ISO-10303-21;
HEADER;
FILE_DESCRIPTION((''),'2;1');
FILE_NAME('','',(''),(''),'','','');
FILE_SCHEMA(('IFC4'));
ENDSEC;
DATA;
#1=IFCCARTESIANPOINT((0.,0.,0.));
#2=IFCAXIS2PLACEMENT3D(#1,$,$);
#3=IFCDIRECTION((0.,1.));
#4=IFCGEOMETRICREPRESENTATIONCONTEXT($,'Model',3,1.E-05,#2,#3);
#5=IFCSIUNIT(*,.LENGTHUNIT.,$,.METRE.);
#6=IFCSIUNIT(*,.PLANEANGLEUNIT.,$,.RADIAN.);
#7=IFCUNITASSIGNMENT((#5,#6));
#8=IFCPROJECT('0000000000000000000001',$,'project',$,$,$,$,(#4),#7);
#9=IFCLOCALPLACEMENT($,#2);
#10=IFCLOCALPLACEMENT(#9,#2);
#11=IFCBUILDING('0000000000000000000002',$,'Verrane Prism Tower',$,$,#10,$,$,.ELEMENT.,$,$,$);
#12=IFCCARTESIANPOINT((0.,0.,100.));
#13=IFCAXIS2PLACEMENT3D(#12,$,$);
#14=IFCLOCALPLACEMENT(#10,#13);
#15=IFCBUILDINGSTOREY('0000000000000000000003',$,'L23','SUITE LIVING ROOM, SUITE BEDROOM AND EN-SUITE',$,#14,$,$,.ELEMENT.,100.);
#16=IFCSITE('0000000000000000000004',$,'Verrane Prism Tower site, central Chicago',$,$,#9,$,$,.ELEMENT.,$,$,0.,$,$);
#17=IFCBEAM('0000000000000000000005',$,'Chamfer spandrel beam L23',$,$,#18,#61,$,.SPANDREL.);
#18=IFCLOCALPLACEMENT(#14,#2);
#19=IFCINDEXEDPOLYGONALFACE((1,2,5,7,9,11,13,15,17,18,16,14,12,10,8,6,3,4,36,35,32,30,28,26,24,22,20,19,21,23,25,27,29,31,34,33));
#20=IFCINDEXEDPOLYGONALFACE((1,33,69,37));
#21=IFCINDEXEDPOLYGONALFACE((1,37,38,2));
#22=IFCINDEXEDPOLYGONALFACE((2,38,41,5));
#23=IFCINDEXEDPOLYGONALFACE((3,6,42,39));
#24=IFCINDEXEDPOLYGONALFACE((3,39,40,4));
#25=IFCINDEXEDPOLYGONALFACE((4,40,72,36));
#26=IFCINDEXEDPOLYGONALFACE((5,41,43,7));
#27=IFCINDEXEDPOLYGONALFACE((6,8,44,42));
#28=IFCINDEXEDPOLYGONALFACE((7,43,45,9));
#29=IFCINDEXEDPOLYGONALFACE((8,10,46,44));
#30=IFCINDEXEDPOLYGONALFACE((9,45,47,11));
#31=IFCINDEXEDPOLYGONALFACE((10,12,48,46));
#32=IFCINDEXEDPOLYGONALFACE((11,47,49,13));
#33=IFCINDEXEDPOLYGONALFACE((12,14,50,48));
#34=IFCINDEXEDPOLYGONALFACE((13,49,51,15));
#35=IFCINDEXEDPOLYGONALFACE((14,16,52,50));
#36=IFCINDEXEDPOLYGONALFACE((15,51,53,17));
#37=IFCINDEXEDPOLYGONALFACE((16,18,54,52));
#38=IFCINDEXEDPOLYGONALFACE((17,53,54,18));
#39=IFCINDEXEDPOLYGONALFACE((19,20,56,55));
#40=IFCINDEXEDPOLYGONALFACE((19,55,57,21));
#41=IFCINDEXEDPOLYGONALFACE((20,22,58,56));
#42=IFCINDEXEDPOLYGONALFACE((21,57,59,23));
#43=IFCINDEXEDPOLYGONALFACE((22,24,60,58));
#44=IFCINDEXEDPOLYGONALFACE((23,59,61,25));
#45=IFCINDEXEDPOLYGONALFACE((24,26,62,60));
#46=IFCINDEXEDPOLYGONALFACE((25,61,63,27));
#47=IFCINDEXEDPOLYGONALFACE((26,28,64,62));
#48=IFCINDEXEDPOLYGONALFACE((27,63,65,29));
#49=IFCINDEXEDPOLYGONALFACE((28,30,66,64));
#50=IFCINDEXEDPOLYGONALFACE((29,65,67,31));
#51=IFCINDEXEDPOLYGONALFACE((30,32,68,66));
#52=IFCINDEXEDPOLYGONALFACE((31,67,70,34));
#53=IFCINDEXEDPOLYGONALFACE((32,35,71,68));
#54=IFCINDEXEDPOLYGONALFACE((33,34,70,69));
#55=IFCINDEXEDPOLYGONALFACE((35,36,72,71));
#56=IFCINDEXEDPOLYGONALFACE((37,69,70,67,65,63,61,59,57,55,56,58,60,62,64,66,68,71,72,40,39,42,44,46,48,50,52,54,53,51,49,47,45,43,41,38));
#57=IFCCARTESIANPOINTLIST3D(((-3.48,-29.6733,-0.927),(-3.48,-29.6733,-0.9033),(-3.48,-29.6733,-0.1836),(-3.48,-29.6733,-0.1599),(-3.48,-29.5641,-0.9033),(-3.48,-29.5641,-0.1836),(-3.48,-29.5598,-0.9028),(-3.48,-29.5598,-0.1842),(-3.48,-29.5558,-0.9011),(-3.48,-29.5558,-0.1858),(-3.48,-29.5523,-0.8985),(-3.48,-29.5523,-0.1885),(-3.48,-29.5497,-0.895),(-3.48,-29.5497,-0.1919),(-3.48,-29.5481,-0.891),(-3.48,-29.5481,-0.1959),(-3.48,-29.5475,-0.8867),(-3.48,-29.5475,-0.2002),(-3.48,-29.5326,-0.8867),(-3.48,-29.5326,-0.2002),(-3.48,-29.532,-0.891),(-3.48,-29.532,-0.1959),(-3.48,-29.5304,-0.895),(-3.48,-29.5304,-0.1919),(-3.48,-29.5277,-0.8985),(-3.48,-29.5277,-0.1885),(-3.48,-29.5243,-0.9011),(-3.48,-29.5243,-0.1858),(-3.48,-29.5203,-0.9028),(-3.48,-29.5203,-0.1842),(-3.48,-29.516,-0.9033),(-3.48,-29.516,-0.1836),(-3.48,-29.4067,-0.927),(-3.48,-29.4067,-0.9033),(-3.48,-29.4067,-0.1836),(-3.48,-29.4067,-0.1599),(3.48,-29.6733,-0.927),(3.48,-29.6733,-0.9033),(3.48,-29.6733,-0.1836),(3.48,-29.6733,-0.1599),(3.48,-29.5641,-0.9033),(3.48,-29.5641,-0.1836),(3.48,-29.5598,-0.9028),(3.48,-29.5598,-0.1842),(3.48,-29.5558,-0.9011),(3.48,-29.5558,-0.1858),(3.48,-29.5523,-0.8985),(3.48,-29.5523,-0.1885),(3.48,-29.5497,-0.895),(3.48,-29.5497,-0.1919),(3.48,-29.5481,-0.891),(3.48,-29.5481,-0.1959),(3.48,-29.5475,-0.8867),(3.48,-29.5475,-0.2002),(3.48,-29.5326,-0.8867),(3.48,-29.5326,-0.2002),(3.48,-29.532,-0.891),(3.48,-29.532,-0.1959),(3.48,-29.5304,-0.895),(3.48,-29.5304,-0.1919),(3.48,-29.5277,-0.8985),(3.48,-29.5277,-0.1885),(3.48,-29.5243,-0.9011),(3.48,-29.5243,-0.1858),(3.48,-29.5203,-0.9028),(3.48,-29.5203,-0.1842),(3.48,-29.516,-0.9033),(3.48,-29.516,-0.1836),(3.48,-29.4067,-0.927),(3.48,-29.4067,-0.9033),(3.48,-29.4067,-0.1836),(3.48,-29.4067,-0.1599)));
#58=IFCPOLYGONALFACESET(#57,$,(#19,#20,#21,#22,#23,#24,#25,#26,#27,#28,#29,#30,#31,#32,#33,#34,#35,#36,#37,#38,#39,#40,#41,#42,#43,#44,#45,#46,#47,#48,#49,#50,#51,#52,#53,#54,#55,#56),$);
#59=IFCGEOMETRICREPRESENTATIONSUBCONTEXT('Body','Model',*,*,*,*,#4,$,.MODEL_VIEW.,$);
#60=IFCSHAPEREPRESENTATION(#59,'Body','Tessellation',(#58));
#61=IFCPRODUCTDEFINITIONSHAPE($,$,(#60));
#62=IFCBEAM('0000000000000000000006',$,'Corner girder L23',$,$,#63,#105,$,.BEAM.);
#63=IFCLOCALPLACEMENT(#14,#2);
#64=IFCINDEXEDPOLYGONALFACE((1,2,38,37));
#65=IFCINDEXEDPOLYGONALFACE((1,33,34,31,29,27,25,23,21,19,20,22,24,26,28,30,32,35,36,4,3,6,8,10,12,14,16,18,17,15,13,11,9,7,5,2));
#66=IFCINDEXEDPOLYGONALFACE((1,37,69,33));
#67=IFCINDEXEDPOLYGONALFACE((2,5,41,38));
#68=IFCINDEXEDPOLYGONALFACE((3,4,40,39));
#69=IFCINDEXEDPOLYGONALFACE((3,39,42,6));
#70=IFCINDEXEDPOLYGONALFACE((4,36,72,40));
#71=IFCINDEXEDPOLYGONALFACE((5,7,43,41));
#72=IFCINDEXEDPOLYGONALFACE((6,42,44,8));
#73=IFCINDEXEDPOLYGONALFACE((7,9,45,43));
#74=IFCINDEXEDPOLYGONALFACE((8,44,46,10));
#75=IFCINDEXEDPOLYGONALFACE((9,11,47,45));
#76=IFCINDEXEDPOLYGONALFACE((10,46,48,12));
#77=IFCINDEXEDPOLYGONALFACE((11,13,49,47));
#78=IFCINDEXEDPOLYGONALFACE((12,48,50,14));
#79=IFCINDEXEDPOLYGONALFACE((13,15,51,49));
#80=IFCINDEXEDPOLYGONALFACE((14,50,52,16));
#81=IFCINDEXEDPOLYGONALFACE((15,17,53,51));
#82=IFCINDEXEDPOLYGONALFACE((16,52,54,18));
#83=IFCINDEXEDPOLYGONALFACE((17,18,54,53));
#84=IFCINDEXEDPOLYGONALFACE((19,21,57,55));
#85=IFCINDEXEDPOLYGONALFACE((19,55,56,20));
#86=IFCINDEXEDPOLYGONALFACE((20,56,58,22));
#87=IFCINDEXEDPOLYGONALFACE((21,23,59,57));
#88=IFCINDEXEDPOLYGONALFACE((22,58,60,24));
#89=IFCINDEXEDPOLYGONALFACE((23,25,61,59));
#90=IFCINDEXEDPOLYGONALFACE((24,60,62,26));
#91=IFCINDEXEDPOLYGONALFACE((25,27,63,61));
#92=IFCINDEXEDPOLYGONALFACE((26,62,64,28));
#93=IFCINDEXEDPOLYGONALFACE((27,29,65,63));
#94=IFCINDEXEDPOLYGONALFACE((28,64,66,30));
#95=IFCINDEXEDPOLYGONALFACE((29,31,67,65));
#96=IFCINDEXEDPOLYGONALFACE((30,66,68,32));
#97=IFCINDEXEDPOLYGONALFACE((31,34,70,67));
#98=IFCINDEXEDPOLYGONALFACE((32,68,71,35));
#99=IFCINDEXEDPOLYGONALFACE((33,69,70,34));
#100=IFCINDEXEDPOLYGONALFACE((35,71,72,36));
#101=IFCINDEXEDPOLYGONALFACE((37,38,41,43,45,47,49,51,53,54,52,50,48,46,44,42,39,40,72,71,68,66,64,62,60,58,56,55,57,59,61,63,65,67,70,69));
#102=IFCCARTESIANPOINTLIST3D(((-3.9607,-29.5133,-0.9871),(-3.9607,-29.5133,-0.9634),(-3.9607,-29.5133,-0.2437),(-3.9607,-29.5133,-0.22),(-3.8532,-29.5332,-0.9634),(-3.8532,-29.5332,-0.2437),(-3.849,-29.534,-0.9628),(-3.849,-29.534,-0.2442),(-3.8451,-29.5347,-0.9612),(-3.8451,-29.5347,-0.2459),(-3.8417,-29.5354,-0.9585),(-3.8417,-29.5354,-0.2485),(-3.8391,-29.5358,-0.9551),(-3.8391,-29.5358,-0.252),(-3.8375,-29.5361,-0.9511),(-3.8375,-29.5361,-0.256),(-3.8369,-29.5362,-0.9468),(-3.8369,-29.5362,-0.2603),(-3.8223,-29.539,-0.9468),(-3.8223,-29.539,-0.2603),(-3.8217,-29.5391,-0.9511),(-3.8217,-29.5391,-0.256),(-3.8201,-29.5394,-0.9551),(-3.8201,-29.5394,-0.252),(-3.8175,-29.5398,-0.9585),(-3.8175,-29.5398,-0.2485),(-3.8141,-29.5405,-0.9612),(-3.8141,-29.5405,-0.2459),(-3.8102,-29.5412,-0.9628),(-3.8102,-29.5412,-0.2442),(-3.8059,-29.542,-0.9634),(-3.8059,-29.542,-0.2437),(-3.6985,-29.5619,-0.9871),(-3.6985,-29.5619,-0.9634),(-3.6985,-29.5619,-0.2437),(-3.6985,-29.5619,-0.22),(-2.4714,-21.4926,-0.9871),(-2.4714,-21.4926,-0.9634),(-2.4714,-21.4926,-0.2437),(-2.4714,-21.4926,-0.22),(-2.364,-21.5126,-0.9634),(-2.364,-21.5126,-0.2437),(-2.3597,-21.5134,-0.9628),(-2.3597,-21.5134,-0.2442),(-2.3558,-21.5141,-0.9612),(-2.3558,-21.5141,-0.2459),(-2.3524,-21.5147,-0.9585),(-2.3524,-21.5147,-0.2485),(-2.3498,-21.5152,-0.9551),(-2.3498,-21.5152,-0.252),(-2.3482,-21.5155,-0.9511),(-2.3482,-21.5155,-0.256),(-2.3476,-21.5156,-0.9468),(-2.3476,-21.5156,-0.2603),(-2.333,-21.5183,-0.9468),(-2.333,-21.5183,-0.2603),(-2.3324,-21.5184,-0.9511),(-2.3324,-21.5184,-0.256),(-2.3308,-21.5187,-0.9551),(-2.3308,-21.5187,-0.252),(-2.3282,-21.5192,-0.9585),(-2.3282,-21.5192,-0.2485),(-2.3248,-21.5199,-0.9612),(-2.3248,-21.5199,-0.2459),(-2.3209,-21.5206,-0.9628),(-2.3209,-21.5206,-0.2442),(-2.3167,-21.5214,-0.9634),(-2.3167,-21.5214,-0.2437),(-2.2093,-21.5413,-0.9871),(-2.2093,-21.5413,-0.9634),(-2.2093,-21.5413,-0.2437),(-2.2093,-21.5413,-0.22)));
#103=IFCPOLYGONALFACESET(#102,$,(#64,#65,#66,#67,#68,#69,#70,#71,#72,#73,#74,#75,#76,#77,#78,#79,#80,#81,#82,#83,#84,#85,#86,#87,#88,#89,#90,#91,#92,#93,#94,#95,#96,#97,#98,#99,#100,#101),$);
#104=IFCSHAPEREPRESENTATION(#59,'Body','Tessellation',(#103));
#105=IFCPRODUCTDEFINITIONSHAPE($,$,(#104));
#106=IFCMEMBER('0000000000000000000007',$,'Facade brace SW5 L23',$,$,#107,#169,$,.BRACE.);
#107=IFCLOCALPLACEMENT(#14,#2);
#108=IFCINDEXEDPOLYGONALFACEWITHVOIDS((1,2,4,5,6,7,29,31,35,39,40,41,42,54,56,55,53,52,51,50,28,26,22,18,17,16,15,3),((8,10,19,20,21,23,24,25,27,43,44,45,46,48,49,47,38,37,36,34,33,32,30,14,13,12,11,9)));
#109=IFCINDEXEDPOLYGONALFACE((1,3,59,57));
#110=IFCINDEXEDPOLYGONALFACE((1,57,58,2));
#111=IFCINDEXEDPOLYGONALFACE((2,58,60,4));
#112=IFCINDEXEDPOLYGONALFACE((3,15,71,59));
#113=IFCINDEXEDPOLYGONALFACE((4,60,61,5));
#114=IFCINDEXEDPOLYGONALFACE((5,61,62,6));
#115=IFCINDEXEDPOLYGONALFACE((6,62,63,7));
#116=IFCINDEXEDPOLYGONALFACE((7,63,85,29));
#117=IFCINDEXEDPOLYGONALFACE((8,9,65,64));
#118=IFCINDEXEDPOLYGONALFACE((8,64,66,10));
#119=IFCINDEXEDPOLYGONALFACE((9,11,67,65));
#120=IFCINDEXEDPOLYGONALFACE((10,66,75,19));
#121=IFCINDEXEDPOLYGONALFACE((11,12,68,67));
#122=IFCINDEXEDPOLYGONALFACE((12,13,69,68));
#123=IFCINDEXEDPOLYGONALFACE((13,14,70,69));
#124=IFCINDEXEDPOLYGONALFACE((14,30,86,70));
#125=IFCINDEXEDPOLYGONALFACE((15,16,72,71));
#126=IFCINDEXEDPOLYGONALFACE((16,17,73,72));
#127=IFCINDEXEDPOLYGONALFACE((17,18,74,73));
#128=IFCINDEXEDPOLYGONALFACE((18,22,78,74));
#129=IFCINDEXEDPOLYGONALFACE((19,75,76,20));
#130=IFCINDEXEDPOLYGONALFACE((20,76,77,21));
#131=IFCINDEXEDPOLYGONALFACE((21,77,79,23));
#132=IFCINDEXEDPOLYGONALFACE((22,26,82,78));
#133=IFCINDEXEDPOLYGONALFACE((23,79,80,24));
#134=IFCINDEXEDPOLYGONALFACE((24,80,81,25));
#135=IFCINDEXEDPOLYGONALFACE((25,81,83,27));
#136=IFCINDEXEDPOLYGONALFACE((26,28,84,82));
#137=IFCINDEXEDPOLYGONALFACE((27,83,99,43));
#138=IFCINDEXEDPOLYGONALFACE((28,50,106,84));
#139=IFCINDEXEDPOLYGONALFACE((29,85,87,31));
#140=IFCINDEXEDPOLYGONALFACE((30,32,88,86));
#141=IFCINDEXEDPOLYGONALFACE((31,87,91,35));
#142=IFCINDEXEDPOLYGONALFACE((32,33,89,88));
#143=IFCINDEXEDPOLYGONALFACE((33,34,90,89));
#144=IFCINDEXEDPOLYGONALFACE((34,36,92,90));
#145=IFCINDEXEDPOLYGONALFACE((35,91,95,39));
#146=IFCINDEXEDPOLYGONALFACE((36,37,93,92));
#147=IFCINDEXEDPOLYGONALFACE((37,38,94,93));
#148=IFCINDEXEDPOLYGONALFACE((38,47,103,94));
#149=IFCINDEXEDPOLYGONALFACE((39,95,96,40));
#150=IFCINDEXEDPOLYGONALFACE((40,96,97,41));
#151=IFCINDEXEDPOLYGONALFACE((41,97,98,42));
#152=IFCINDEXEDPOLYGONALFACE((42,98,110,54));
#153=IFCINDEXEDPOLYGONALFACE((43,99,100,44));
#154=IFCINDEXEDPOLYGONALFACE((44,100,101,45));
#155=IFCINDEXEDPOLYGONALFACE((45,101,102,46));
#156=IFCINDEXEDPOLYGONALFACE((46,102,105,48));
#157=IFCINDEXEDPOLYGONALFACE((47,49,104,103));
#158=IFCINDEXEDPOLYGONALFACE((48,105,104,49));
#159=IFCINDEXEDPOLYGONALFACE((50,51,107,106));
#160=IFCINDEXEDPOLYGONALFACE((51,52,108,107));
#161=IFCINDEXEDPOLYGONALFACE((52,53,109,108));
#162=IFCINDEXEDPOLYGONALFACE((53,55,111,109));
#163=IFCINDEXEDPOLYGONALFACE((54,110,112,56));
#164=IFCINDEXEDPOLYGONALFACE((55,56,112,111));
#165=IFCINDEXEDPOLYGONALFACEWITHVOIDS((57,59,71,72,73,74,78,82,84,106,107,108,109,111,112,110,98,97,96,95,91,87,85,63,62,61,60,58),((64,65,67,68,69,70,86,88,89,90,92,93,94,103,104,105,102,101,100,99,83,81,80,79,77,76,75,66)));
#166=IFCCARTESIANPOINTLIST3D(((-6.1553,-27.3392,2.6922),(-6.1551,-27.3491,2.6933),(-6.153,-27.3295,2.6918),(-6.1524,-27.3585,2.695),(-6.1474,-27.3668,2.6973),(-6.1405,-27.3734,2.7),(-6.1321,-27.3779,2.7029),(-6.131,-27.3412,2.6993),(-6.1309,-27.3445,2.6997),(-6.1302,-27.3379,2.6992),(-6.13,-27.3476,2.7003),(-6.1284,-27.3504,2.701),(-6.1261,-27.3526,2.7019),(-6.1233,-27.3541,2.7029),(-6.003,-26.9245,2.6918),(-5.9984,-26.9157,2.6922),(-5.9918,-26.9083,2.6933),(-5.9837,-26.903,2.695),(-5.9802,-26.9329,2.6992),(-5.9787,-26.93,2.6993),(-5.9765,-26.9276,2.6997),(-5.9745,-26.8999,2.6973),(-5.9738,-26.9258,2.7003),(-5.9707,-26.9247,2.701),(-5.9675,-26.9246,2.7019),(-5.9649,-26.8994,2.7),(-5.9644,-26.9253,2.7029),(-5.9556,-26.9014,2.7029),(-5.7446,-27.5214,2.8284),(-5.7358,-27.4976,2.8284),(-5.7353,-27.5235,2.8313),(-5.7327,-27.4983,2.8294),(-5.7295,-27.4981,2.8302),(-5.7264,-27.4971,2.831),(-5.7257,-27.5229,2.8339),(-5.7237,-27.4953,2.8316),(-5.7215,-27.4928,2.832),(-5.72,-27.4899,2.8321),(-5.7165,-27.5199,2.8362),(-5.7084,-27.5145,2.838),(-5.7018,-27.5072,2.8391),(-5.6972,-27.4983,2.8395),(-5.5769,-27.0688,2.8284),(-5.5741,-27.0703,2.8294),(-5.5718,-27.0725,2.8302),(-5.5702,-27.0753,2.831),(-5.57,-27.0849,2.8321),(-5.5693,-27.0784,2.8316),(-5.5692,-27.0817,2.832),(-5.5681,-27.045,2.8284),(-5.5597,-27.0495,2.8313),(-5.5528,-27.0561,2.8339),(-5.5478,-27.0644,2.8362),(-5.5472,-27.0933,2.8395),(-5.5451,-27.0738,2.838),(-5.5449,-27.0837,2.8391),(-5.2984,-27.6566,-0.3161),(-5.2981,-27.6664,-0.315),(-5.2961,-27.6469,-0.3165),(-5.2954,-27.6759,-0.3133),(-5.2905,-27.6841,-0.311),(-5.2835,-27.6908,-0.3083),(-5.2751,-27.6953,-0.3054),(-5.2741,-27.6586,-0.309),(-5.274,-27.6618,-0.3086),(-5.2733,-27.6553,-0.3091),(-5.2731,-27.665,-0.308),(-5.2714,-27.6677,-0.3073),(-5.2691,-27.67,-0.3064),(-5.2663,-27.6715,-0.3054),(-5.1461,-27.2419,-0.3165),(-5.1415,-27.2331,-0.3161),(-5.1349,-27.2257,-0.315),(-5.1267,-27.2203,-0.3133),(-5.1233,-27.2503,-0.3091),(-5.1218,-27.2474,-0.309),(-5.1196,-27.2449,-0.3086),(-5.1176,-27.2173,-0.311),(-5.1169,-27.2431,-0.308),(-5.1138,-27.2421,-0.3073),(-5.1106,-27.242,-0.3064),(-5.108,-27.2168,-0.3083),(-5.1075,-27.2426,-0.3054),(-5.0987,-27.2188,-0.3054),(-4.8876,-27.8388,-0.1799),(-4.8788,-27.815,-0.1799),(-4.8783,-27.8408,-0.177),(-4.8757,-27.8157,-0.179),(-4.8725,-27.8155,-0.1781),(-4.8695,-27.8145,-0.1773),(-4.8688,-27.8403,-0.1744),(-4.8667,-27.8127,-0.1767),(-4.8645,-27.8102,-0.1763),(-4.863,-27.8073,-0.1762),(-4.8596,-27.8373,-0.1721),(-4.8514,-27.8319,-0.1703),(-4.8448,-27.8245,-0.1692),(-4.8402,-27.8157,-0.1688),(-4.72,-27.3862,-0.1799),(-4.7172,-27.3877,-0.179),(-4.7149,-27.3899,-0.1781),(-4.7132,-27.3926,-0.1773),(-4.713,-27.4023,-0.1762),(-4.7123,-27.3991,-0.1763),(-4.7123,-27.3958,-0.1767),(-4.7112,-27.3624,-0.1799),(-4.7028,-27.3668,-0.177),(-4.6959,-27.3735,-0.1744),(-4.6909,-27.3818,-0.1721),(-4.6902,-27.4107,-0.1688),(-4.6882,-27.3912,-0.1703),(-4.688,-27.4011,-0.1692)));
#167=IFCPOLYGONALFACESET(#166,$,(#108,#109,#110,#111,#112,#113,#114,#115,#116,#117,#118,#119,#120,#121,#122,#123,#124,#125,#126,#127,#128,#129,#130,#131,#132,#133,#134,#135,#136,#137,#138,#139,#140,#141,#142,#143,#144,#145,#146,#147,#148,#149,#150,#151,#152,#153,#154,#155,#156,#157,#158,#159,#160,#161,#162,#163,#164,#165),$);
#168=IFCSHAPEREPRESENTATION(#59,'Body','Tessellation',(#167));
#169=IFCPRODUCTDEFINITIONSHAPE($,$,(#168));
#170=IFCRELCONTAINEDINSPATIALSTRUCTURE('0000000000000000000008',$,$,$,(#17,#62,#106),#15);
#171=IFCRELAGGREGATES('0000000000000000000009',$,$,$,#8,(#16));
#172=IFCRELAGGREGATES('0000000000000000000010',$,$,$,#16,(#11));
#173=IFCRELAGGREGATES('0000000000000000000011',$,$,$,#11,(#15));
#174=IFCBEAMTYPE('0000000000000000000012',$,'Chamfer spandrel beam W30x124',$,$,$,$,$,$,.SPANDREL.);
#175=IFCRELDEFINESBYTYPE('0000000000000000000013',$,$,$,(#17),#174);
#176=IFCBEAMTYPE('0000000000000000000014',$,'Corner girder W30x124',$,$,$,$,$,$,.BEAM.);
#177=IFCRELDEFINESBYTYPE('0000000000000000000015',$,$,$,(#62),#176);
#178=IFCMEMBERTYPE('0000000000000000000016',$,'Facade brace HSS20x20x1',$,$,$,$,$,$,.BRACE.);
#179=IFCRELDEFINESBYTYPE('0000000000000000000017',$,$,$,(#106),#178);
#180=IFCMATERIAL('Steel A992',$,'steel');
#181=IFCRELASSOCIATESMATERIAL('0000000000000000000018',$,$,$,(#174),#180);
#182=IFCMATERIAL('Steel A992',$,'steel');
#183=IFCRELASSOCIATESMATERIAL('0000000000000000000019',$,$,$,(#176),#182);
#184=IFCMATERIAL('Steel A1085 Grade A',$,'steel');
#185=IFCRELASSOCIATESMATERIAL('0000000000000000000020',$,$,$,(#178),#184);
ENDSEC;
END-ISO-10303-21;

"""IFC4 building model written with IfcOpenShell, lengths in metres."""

from ifc_helpers import new_model, si_unit, direction, frame, origin, origin_2d, place, context, subcontext, project, spatial, hollow_rectangle, i_section, extrude, material, material_profile, profile_set, type_object, element, save


model = new_model("IFC4")

# Units and contexts
model_context = context("Model", 3, precision=1e-05, world=origin(), true_north=direction((0.0, 1.0)))
body_context = subcontext(model_context, "Body", "Model", "MODEL_VIEW")
ifc_project = project(units=[si_unit("LENGTHUNIT", "METRE"), si_unit("PLANEANGLEUNIT", "RADIAN")], contexts=[model_context])

# Site, building, storey
site_placement = place(None, origin())
site = spatial("IfcSite", under=ifc_project, at=site_placement, Name="Verrane Prism Tower site, central Chicago", CompositionType="ELEMENT", RefElevation=0.0)
building_placement = place(site_placement, origin())
building = spatial("IfcBuilding", under=site, at=building_placement, Name="Verrane Prism Tower", CompositionType="ELEMENT")
storey_placement = place(building_placement, frame((0.0, 0.0, 100.0)))
storey = spatial("IfcBuildingStorey", under=building, at=storey_placement, Name="L23", Description="SUITE LIVING ROOM, SUITE BEDROOM AND EN-SUITE", CompositionType="ELEMENT", Elevation=100.0)

# Beams
ifc_material_1 = material(Name="Steel A992", Category="steel")
ifc_material_profile_1 = material_profile(ifc_material_1, i_section(OverallWidth=0.2666, OverallDepth=0.7671, WebThickness=0.0149, FlangeThickness=0.0237, FilletRadius=0.0166, at=origin_2d()), Name="W30x124")
ifc_profile_set_1 = profile_set([ifc_material_profile_1], Name="Steel A992")
beam_type_1 = type_object("IfcBeamType", Name="Chamfer spandrel beam W30x124", PredefinedType="SPANDREL", material=ifc_profile_set_1)
beam_1_placement = place(storey_placement, frame((-3.48, -29.54, -0.5435), z_axis=(1.0, 0.0, 0.0), x_axis=(0.0, 1.0, 0.0)))
element("IfcBeam", 1, at=beam_1_placement, inside=storey, type_object=beam_type_1, Name="Chamfer spandrel beam L23", PredefinedType="SPANDREL", context=body_context, shape_type="SweptSolid", body=[
    extrude(i_section(OverallWidth=0.2666, OverallDepth=0.7671, WebThickness=0.0149, FlangeThickness=0.0237, FilletRadius=0.0166, at=origin_2d()), origin(), (0.0, 0.0, 1.0), 6.96),
])
ifc_material_2 = material(Name="Steel A992", Category="steel")
ifc_material_profile_2 = material_profile(ifc_material_2, i_section(OverallWidth=0.2666, OverallDepth=0.7671, WebThickness=0.0149, FlangeThickness=0.0237, FilletRadius=0.0166, at=origin_2d()), Name="W30x124")
ifc_profile_set_2 = profile_set([ifc_material_profile_2], Name="Steel A992")
beam_type_2 = type_object("IfcBeamType", Name="Corner girder W30x124", PredefinedType="BEAM", material=ifc_profile_set_2)
beam_2_placement = place(storey_placement, frame((-3.8296, -29.5376, -0.6035), z_axis=(0.182561, 0.983195, 0.0), x_axis=(-0.983195, 0.182561, 0.0)))
element("IfcBeam", 2, at=beam_2_placement, inside=storey, type_object=beam_type_2, Name="Corner girder L23", PredefinedType="BEAM", context=body_context, shape_type="SweptSolid", body=[
    extrude(i_section(OverallWidth=0.2666, OverallDepth=0.7671, WebThickness=0.0149, FlangeThickness=0.0237, FilletRadius=0.0166, at=origin_2d()), origin(), (0.0, 0.0, 1.0), 8.1577),
])

# Member
ifc_material_3 = material(Name="Steel A1085 Grade A", Category="steel")
ifc_material_profile_3 = material_profile(ifc_material_3, hollow_rectangle(XDim=0.5081, YDim=0.5081, WallThickness=0.0254, InnerFilletRadius=0.0127, OuterFilletRadius=0.0381, at=origin_2d()), Name="HSS20x20x1")
ifc_profile_set_3 = profile_set([ifc_material_profile_3], Name="Steel A1085 Grade A")
member_type_1 = type_object("IfcMemberType", Name="Facade brace HSS20x20x1", PredefinedType="BRACE", material=ifc_profile_set_3)
member_1_placement = place(storey_placement, frame((-4.9932, -27.5288, -0.2427), z_axis=(-0.272559, 0.100948, 0.956829), x_axis=(-0.347314, -0.937749, 0.0)))
element("IfcMember", 3, at=member_1_placement, inside=storey, type_object=member_type_1, Name="Facade brace SW5 L23", PredefinedType="BRACE", context=body_context, shape_type="SweptSolid", body=[
    extrude(hollow_rectangle(XDim=0.5081, YDim=0.5081, WallThickness=0.0254, InnerFilletRadius=0.0127, OuterFilletRadius=0.0381, at=origin_2d()), origin(), (0.0, 0.0, 1.0), 3.144),
])

save(model, "model.ifc")
